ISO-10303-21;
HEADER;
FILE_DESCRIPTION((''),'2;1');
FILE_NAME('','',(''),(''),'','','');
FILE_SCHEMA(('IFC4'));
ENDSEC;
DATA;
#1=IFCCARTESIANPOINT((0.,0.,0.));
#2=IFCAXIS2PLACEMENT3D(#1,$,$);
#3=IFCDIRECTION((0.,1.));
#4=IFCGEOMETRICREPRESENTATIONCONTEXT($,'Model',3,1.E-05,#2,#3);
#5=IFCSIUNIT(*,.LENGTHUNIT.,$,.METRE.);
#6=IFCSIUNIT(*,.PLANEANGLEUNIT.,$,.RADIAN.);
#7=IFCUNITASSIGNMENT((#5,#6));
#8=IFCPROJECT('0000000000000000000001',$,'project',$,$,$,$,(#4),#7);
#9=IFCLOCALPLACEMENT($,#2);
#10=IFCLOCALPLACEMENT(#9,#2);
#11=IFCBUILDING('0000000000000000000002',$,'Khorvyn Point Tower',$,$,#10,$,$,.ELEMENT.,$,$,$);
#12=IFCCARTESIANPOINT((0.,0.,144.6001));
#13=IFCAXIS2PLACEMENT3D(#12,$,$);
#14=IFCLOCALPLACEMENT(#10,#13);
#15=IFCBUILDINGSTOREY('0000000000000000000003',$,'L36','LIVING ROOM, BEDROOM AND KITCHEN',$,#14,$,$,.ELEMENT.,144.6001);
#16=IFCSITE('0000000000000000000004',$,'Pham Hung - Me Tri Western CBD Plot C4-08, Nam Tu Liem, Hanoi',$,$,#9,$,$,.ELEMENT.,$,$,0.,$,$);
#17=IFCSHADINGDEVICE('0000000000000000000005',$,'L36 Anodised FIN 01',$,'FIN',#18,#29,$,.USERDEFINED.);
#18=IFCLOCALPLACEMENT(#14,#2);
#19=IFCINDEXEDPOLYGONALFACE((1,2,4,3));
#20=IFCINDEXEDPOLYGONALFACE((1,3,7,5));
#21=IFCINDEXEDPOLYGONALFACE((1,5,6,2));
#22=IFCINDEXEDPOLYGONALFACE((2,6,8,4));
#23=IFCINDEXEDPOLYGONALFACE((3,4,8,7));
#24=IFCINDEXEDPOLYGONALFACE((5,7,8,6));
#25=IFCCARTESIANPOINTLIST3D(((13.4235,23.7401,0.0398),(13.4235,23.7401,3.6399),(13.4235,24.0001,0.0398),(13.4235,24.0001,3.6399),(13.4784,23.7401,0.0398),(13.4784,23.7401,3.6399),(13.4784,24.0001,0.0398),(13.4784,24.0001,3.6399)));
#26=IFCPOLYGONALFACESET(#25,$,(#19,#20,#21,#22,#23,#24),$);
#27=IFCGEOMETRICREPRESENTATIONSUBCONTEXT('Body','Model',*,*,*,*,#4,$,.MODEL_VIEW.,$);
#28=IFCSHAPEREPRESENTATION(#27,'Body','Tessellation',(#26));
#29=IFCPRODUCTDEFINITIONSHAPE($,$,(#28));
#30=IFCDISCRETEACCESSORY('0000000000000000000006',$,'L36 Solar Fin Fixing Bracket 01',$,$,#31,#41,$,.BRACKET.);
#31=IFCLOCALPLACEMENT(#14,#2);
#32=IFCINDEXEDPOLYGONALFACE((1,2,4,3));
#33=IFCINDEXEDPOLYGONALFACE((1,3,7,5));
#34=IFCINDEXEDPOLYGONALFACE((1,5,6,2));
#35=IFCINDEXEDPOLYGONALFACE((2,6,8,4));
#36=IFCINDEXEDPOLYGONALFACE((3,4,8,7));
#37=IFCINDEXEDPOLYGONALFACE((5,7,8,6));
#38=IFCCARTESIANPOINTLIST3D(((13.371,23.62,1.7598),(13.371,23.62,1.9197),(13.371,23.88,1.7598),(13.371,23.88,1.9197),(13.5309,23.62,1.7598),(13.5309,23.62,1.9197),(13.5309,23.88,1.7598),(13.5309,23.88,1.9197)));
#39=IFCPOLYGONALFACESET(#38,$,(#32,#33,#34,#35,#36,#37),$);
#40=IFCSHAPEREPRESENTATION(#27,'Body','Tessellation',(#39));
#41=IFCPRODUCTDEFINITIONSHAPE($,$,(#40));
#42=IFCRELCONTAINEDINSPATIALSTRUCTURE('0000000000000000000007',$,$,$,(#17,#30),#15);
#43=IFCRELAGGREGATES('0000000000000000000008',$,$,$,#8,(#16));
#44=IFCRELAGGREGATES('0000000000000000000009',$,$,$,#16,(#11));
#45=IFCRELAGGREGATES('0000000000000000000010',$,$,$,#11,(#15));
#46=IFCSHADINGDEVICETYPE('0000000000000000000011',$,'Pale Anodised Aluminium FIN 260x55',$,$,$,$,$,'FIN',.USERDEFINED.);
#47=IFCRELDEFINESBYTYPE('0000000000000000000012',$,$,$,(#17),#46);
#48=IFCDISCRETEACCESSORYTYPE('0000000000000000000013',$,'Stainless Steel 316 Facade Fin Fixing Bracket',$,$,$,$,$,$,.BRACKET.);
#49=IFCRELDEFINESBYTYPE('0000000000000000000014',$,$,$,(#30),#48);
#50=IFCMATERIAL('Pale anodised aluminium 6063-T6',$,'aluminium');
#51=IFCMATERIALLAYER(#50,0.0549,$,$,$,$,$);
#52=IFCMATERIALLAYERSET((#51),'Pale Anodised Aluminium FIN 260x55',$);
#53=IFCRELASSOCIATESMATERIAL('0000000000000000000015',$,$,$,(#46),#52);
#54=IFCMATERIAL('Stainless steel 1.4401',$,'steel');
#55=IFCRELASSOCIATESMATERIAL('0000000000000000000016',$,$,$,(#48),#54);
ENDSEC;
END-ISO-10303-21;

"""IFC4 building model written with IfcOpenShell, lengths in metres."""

from ifc_helpers import new_model, si_unit, direction, frame, origin, origin_2d, place, context, subcontext, project, spatial, rectangle, extrude, material, layer, layer_set, type_object, element, save


model = new_model("IFC4")

# Units and contexts
model_context = context("Model", 3, precision=1e-05, world=origin(), true_north=direction((0.0, 1.0)))
body_context = subcontext(model_context, "Body", "Model", "MODEL_VIEW")
ifc_project = project(units=[si_unit("LENGTHUNIT", "METRE"), si_unit("PLANEANGLEUNIT", "RADIAN")], contexts=[model_context])

# Site, building, storey
site_placement = place(None, origin())
site = spatial("IfcSite", under=ifc_project, at=site_placement, Name="Pham Hung - Me Tri Western CBD Plot C4-08, Nam Tu Liem, Hanoi", CompositionType="ELEMENT", RefElevation=0.0)
building_placement = place(site_placement, origin())
building = spatial("IfcBuilding", under=site, at=building_placement, Name="Khorvyn Point Tower", CompositionType="ELEMENT")
storey_placement = place(building_placement, frame((0.0, 0.0, 144.6001)))
storey = spatial("IfcBuildingStorey", under=building, at=storey_placement, Name="L36", Description="LIVING ROOM, BEDROOM AND KITCHEN", CompositionType="ELEMENT", Elevation=144.6001)

# Shading device
ifc_material_1 = material(Name="Pale anodised aluminium 6063-T6", Category="aluminium")
ifc_layer_1 = layer(ifc_material_1, 0.0549)
ifc_layer_set_1 = layer_set([ifc_layer_1], Name="Pale Anodised Aluminium FIN 260x55")
shading_device_type = type_object("IfcShadingDeviceType", Name="Pale Anodised Aluminium FIN 260x55", ElementType="FIN", PredefinedType="USERDEFINED", material=ifc_layer_set_1)
shading_device_placement = place(storey_placement, frame((13.4509, 23.8701, 0.0398), z_axis=(0.0, 0.0, 1.0), x_axis=(0.0, 1.0, 0.0)))
element("IfcShadingDevice", 1, at=shading_device_placement, inside=storey, type_object=shading_device_type, Name="L36 Anodised FIN 01", ObjectType="FIN", PredefinedType="USERDEFINED", context=body_context, shape_type="SweptSolid", body=[
    extrude(rectangle(XDim=0.26, YDim=0.0549, at=origin_2d()), origin(), (0.0, 0.0, 1.0), 3.6001),
])

# Discrete accessory
ifc_material_2 = material(Name="Stainless steel 1.4401", Category="steel")
discrete_accessory_type = type_object("IfcDiscreteAccessoryType", Name="Stainless Steel 316 Facade Fin Fixing Bracket", PredefinedType="BRACKET", material=ifc_material_2)
discrete_accessory_placement = place(storey_placement, frame((13.4509, 23.75, 1.7598), z_axis=(0.0, 0.0, 1.0), x_axis=(1.0, 0.0, 0.0)))
element("IfcDiscreteAccessory", 2, at=discrete_accessory_placement, inside=storey, type_object=discrete_accessory_type, Name="L36 Solar Fin Fixing Bracket 01", PredefinedType="BRACKET", context=body_context, shape_type="SweptSolid", body=[
    extrude(rectangle(XDim=0.1599, YDim=0.26, at=origin_2d()), origin(), (0.0, 0.0, 1.0), 0.1599),
])

save(model, "model.ifc")
